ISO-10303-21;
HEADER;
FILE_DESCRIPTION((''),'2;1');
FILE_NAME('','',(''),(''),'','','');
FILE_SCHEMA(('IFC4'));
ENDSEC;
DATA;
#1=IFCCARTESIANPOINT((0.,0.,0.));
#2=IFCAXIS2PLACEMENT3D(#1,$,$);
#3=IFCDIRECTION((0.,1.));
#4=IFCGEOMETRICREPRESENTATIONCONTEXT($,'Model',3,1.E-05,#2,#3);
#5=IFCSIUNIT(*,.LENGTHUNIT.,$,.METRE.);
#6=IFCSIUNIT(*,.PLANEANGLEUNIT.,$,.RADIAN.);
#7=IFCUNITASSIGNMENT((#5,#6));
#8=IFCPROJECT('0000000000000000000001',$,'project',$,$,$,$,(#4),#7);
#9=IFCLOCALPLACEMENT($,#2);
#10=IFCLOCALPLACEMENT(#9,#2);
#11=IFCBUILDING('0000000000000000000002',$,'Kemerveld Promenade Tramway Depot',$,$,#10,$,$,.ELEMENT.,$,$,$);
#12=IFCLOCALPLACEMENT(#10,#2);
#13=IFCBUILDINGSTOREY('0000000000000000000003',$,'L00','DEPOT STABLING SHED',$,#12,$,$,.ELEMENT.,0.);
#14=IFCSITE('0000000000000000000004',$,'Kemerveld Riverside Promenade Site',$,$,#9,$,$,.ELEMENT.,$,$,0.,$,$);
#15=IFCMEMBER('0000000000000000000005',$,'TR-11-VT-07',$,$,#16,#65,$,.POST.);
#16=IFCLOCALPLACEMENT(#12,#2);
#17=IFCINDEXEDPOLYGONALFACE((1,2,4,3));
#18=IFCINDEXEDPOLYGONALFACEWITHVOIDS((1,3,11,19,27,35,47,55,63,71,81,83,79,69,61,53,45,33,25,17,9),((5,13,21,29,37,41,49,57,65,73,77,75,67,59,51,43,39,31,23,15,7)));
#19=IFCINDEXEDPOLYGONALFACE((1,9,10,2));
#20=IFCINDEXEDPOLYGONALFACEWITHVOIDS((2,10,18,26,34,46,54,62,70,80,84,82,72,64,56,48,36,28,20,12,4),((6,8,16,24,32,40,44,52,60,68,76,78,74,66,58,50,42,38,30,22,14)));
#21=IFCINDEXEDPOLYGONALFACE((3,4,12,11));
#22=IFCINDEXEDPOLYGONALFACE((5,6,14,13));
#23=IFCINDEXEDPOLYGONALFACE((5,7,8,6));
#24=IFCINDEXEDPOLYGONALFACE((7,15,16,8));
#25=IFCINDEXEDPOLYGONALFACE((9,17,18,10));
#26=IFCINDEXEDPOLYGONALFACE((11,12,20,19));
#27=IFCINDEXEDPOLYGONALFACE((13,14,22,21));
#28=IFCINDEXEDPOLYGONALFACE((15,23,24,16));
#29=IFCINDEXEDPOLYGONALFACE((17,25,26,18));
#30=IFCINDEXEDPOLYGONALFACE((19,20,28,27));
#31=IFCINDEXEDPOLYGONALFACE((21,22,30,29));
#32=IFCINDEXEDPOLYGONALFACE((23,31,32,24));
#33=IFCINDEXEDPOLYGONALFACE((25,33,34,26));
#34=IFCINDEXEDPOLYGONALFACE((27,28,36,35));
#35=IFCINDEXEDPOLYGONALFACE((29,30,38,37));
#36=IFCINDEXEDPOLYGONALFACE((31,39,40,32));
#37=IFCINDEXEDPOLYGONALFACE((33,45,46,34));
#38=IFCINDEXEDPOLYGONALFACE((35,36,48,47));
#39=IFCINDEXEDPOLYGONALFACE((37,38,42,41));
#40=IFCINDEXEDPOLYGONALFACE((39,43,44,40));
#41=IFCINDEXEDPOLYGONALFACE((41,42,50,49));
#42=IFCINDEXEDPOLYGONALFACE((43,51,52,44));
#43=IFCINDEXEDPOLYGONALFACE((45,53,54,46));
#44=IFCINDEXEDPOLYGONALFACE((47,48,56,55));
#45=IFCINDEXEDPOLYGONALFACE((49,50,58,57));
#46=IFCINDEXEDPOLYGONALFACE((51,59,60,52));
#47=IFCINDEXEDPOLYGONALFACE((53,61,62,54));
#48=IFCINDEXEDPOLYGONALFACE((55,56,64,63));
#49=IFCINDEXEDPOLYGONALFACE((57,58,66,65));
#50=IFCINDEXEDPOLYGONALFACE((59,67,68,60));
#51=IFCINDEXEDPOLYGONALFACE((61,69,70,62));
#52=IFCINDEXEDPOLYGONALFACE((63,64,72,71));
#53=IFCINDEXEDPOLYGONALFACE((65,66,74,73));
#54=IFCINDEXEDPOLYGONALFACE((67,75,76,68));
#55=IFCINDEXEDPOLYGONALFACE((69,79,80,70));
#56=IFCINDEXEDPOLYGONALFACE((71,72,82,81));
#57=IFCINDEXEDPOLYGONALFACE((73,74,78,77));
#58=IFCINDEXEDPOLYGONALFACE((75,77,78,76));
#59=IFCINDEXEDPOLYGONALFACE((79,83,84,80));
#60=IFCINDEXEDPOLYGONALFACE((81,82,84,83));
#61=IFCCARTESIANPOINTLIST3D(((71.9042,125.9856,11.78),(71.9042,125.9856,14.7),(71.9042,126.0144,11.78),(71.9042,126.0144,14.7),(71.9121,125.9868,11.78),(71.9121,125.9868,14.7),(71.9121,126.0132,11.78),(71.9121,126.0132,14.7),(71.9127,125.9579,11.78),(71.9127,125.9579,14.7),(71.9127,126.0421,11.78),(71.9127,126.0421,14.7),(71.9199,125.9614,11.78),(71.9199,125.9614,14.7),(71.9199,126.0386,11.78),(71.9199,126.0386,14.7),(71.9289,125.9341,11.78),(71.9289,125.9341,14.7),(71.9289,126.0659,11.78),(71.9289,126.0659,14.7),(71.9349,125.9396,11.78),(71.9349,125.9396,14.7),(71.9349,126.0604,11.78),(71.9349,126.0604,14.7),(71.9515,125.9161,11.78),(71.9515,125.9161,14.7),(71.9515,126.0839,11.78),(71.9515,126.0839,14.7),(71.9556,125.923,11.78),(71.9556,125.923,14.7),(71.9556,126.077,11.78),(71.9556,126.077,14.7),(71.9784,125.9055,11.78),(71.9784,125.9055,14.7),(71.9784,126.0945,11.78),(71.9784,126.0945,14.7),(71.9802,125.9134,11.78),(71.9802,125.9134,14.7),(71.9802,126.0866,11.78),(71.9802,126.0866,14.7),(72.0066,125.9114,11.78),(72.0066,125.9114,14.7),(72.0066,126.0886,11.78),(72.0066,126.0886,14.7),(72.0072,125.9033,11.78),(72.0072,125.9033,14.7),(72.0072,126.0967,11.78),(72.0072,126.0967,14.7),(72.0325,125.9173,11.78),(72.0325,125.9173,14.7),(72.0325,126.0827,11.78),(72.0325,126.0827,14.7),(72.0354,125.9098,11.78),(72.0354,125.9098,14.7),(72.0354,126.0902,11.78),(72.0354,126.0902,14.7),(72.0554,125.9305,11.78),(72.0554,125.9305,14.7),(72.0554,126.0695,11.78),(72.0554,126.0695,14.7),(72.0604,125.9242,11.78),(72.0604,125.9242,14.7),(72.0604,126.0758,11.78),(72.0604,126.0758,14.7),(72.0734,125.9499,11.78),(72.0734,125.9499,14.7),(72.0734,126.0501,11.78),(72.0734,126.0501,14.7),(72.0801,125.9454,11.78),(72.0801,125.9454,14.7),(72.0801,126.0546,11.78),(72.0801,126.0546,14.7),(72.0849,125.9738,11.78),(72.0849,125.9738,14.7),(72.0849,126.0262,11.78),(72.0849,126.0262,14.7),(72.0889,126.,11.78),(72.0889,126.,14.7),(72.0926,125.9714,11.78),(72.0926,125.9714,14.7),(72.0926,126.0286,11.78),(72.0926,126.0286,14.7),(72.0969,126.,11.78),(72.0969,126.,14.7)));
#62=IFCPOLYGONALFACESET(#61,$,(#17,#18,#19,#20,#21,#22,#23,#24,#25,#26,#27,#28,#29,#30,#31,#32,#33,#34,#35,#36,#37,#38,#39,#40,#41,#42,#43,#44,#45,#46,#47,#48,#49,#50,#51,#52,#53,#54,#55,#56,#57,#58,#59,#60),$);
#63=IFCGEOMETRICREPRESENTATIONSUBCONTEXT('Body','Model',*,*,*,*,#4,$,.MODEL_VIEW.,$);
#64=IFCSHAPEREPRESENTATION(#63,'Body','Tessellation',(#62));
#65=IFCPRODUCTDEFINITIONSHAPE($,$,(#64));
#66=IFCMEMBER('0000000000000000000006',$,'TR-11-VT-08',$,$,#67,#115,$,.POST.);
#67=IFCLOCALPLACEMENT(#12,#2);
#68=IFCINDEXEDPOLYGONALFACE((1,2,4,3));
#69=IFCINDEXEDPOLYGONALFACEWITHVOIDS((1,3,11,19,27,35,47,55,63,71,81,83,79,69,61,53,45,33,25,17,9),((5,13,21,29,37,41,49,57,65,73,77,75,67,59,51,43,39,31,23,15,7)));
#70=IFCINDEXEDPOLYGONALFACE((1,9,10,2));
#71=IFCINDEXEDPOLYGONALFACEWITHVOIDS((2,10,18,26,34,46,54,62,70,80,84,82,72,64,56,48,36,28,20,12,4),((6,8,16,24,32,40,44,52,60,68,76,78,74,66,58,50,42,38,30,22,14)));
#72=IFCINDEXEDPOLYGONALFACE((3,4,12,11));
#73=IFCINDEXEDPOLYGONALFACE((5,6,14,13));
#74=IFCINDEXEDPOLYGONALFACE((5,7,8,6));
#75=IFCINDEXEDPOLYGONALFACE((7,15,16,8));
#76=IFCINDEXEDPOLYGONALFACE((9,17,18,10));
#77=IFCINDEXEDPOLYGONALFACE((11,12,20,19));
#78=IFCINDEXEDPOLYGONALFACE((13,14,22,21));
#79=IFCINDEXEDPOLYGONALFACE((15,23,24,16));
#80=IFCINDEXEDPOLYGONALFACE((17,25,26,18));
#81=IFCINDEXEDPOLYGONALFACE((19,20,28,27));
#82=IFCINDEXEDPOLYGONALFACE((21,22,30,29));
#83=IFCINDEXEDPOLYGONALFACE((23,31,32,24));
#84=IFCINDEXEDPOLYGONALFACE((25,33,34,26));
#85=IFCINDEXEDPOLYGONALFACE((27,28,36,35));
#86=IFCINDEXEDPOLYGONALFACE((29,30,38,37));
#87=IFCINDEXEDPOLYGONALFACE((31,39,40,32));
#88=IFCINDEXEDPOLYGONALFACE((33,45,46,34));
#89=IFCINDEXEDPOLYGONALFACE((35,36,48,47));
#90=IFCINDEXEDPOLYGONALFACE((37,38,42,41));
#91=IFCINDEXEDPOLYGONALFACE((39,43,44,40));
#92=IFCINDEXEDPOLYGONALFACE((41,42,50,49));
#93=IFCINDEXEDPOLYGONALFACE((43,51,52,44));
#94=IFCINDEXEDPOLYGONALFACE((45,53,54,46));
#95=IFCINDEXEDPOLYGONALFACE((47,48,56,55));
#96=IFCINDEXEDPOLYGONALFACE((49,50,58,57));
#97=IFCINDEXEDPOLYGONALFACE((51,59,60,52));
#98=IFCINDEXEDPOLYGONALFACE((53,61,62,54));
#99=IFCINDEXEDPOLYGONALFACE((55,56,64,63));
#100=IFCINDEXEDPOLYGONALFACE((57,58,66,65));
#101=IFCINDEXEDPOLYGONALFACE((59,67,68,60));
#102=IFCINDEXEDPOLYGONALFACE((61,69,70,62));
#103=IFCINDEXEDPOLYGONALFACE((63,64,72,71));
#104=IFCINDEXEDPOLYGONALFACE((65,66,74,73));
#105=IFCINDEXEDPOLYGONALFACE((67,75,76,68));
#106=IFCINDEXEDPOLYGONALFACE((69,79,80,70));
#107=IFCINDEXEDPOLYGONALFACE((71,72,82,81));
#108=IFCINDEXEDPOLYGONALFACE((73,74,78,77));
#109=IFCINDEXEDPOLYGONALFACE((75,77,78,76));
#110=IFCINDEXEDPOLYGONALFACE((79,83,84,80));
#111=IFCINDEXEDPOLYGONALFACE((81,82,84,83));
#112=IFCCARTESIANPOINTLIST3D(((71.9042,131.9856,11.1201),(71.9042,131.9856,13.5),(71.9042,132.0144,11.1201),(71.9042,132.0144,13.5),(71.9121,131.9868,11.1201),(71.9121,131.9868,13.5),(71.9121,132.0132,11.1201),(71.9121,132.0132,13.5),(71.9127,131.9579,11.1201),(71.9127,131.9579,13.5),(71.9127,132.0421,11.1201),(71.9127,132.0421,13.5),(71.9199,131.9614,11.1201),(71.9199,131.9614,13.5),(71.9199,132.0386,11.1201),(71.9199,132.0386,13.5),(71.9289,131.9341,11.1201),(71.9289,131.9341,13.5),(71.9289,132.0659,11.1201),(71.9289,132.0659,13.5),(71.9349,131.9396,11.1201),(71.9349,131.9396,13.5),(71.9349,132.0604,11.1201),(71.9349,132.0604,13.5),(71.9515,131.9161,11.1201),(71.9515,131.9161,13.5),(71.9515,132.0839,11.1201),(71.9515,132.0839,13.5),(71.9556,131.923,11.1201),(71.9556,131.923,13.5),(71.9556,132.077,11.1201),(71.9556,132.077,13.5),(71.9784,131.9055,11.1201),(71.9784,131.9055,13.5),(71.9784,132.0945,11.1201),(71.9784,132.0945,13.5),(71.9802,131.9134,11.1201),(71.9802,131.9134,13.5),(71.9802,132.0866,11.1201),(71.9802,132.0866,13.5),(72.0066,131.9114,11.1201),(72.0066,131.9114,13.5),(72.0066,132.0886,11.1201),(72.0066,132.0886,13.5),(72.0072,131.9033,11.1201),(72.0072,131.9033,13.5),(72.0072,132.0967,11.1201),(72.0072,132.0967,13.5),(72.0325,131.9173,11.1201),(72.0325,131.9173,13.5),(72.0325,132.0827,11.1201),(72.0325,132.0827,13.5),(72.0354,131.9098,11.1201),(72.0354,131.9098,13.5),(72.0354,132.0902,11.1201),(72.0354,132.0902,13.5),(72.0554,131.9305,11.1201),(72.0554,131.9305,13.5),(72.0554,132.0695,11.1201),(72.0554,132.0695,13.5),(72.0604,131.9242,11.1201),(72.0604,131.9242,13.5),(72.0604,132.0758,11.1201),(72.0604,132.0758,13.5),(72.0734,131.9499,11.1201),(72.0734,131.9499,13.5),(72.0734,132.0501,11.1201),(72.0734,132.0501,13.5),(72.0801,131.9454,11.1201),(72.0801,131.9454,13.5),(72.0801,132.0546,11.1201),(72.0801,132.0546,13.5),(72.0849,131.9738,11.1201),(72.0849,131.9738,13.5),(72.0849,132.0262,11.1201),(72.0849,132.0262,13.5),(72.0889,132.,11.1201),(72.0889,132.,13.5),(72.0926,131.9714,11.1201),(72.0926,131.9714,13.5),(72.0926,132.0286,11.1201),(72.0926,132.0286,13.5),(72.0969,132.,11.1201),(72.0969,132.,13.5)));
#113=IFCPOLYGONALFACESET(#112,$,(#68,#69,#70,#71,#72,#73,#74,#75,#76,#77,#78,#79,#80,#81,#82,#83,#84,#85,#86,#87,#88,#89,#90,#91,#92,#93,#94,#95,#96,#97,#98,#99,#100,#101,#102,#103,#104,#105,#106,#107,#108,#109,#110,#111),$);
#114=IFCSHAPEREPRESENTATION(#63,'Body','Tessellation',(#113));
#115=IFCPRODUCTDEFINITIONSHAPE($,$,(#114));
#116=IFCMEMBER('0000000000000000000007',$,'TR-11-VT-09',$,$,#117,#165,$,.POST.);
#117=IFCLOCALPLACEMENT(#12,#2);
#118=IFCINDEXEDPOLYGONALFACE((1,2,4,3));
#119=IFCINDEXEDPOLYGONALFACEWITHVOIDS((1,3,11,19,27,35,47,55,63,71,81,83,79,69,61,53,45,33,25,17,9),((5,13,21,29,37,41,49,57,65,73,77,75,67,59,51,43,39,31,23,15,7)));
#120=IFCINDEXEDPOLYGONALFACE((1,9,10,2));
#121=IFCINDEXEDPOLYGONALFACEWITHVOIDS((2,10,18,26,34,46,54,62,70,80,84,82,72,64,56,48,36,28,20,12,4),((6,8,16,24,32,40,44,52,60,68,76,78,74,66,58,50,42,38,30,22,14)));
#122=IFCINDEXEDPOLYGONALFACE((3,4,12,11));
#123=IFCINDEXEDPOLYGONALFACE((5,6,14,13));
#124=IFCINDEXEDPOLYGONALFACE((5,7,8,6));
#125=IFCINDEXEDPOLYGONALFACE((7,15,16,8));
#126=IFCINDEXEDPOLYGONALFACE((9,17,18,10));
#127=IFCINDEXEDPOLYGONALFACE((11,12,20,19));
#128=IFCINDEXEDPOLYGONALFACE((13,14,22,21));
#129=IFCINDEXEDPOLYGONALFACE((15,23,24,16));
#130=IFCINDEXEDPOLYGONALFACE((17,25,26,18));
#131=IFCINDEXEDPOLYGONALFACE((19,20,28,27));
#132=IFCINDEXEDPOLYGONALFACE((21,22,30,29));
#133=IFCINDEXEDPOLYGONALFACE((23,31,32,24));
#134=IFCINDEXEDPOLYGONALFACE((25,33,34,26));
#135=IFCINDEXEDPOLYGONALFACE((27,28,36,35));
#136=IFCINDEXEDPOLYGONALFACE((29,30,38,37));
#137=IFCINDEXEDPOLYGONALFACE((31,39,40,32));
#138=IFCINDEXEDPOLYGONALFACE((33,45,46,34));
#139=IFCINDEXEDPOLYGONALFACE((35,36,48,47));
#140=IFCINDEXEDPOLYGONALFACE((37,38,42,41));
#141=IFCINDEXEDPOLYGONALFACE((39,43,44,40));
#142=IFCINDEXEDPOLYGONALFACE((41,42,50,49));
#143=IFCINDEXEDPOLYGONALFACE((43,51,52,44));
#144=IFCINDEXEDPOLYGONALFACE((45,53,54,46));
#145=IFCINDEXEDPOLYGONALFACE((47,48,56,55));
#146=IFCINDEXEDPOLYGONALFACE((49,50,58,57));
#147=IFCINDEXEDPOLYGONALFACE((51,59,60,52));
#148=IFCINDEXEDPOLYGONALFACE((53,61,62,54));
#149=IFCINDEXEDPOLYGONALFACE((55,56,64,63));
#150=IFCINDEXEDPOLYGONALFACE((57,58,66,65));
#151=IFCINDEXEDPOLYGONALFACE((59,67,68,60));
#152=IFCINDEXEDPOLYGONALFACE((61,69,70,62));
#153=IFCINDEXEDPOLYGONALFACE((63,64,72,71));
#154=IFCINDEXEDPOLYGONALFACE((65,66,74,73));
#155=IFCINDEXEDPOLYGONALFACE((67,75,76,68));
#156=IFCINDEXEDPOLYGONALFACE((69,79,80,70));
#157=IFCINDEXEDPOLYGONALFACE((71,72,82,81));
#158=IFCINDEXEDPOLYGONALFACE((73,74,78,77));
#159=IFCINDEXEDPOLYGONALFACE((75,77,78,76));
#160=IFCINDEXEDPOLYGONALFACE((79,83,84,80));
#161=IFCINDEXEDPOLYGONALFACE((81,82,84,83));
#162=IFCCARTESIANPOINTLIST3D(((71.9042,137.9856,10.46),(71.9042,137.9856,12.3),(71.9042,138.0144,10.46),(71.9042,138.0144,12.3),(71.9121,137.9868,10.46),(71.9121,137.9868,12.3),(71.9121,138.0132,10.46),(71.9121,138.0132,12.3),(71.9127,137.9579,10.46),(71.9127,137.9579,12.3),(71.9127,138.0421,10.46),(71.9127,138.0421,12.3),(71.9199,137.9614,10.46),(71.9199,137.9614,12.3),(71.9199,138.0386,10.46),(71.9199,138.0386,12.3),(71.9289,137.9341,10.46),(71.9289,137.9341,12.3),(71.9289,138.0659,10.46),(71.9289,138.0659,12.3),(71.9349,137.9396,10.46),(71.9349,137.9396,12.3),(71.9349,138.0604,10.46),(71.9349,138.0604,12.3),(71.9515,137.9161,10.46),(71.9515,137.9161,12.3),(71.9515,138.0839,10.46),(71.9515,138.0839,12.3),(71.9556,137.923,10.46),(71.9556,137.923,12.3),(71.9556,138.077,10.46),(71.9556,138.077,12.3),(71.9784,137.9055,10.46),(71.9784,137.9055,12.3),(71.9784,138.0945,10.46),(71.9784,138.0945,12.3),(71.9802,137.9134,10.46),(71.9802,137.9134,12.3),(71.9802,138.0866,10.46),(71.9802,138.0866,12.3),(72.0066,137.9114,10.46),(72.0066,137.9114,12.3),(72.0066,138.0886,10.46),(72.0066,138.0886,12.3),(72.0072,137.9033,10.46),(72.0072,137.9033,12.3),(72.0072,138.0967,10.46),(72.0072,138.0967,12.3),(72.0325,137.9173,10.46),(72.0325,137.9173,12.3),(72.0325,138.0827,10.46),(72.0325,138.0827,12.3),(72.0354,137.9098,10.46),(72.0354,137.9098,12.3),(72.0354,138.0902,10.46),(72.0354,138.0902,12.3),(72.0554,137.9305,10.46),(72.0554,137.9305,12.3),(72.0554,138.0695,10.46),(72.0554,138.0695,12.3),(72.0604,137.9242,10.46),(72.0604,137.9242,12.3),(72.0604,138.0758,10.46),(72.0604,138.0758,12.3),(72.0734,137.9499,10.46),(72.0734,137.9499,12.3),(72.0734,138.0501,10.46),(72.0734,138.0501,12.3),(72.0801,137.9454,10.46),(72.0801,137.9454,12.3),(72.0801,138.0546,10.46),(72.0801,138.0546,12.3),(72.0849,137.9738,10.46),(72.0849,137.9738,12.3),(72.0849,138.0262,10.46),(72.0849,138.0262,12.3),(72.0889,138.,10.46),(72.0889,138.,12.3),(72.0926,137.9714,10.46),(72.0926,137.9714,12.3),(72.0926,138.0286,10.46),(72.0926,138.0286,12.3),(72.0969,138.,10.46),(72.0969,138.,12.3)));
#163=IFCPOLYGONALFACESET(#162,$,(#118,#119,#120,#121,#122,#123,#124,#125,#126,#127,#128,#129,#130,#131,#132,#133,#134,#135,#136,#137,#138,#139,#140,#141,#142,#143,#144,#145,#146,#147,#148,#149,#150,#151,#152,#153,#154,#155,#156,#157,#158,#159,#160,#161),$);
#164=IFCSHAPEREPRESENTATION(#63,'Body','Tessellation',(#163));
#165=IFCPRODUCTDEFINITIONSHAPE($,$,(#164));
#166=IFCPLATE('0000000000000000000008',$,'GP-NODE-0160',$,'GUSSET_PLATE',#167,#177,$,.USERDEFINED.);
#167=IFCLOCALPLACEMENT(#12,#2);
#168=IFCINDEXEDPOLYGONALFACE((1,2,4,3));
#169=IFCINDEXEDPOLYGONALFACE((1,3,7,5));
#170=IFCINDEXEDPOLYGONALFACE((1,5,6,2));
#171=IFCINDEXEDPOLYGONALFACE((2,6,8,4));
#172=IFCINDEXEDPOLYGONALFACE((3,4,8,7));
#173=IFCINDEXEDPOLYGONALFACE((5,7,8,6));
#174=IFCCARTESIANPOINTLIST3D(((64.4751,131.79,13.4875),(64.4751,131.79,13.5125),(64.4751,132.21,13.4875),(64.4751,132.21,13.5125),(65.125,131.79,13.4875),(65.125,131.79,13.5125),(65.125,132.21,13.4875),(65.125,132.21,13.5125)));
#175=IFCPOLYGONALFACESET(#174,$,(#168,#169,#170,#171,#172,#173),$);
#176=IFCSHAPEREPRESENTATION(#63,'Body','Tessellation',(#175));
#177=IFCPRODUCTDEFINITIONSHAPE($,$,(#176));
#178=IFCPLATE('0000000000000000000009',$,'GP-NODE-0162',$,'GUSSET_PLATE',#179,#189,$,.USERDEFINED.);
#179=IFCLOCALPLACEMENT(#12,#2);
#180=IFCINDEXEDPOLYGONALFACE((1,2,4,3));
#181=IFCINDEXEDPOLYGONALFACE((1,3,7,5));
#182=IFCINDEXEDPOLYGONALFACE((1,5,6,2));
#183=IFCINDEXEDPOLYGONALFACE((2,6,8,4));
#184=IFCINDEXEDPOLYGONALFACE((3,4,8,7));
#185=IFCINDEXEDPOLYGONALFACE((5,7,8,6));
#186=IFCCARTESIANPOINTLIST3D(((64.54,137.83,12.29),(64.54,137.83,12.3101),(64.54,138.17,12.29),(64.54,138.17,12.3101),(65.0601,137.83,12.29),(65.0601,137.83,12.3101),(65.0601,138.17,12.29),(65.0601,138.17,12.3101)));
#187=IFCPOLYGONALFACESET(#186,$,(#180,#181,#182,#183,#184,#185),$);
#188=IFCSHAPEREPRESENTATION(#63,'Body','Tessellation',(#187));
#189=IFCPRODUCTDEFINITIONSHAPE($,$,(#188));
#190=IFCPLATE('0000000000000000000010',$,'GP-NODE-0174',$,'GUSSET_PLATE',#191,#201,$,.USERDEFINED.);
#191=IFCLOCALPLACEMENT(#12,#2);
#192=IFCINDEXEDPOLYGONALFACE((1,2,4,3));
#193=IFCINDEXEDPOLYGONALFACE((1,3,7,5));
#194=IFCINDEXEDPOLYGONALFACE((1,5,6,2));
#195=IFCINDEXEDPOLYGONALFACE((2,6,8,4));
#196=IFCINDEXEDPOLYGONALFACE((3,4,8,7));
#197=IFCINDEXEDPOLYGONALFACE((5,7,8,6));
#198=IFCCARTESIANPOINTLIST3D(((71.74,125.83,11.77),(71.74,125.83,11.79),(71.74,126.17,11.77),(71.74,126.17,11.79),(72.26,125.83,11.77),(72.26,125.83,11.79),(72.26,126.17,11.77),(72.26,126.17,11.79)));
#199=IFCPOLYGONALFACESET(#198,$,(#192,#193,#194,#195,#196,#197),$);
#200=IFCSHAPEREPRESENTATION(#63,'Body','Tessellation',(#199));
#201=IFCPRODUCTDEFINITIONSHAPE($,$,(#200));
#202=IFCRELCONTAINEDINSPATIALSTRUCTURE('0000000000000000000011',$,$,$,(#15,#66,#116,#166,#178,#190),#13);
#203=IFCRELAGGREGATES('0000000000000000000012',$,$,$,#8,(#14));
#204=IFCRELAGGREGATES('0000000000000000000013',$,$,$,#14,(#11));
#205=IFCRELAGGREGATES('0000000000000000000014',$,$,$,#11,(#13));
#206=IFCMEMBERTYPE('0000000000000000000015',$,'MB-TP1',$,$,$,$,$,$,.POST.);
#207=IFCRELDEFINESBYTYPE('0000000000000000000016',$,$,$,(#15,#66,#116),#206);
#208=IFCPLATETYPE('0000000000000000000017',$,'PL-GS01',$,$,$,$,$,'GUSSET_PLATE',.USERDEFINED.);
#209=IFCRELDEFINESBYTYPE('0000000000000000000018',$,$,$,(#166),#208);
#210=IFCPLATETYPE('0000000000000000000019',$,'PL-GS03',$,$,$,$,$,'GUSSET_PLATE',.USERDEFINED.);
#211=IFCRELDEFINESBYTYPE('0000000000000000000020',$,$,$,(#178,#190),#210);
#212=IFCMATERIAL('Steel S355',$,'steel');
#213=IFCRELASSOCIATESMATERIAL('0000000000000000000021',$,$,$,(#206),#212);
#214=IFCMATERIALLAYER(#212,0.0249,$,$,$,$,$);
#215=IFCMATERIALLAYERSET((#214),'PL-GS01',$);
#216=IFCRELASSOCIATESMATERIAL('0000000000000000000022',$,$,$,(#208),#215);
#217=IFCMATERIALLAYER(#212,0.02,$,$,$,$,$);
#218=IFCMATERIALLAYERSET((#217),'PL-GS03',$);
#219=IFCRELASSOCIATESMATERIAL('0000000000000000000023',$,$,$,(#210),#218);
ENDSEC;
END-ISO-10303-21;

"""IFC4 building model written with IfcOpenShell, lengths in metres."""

from ifc_helpers import new_model, si_unit, direction, frame, origin, origin_2d, place, context, subcontext, project, spatial, rectangle, hollow_circle, extrude, material, layer, layer_set, material_profile, profile_set, type_object, element, save


model = new_model("IFC4")

# Units and contexts
model_context = context("Model", 3, precision=1e-05, world=origin(), true_north=direction((0.0, 1.0)))
body_context = subcontext(model_context, "Body", "Model", "MODEL_VIEW")
ifc_project = project(units=[si_unit("LENGTHUNIT", "METRE"), si_unit("PLANEANGLEUNIT", "RADIAN")], contexts=[model_context])

# Site, building, storey
site_placement = place(None, origin())
site = spatial("IfcSite", under=ifc_project, at=site_placement, Name="Kemerveld Riverside Promenade Site", CompositionType="ELEMENT", RefElevation=0.0)
building_placement = place(site_placement, origin())
building = spatial("IfcBuilding", under=site, at=building_placement, Name="Kemerveld Promenade Tramway Depot", CompositionType="ELEMENT")
storey_placement = place(building_placement, origin())
storey = spatial("IfcBuildingStorey", under=building, at=storey_placement, Name="L00", Description="DEPOT STABLING SHED", CompositionType="ELEMENT", Elevation=0.0)

# Members
ifc_material_1 = material(Name="Steel S355", Category="steel")
ifc_material_profile_1 = material_profile(ifc_material_1, hollow_circle(Radius=0.0969, WallThickness=0.0081, at=origin_2d()), Name="193.7x8.0 CHS")
ifc_profile_set_1 = profile_set([ifc_material_profile_1], Name="Steel S355")
member_type_1 = type_object("IfcMemberType", Name="MB-TP1", PredefinedType="POST", material=ifc_profile_set_1)
member_1_placement = place(storey_placement, frame((72.0, 126.0, 11.78), z_axis=(0.0, 0.0, 1.0), x_axis=(1.0, 0.0, 0.0)))
element("IfcMember", 1, at=member_1_placement, inside=storey, type_object=member_type_1, Name="TR-11-VT-07", PredefinedType="POST", context=body_context, shape_type="SweptSolid", body=[
    extrude(hollow_circle(Radius=0.0969, WallThickness=0.0081, at=origin_2d()), origin(), (0.0, 0.0, 1.0), 2.9199),
])
member_2_placement = place(storey_placement, frame((72.0, 132.0, 11.1201), z_axis=(0.0, 0.0, 1.0), x_axis=(1.0, 0.0, 0.0)))
element("IfcMember", 2, at=member_2_placement, inside=storey, type_object=member_type_1, Name="TR-11-VT-08", PredefinedType="POST", context=body_context, shape_type="SweptSolid", body=[
    extrude(hollow_circle(Radius=0.0969, WallThickness=0.0081, at=origin_2d()), origin(), (0.0, 0.0, 1.0), 2.3799),
])
member_3_placement = place(storey_placement, frame((72.0, 138.0, 10.46), z_axis=(0.0, 0.0, 1.0), x_axis=(1.0, 0.0, 0.0)))
element("IfcMember", 3, at=member_3_placement, inside=storey, type_object=member_type_1, Name="TR-11-VT-09", PredefinedType="POST", context=body_context, shape_type="SweptSolid", body=[
    extrude(hollow_circle(Radius=0.0969, WallThickness=0.0081, at=origin_2d()), origin(), (0.0, 0.0, 1.0), 1.8401),
])

# Plates
ifc_layer_1 = layer(ifc_material_1, 0.0249)
ifc_layer_set_1 = layer_set([ifc_layer_1], Name="PL-GS01")
plate_type_1 = type_object("IfcPlateType", Name="PL-GS01", ElementType="GUSSET_PLATE", PredefinedType="USERDEFINED", material=ifc_layer_set_1)
plate_1_placement = place(storey_placement, frame((64.8, 132.0, 13.4875), z_axis=(0.0, 0.0, 1.0), x_axis=(1.0, 0.0, 0.0)))
element("IfcPlate", 4, at=plate_1_placement, inside=storey, type_object=plate_type_1, Name="GP-NODE-0160", ObjectType="GUSSET_PLATE", PredefinedType="USERDEFINED", context=body_context, shape_type="SweptSolid", body=[
    extrude(rectangle(XDim=0.6499, YDim=0.4199, at=origin_2d()), origin(), (0.0, 0.0, 1.0), 0.0249),
])
ifc_layer_2 = layer(ifc_material_1, 0.02)
ifc_layer_set_2 = layer_set([ifc_layer_2], Name="PL-GS03")
plate_type_2 = type_object("IfcPlateType", Name="PL-GS03", ElementType="GUSSET_PLATE", PredefinedType="USERDEFINED", material=ifc_layer_set_2)
for number, where, z_axis, x_axis, name in (
    (5, (64.8, 138.0, 12.29), (0.0, 0.0, 1.0), (1.0, 0.0, 0.0), "GP-NODE-0162"),
    (6, (72.0, 126.0, 11.77), (0.0, 0.0, 1.0), (1.0, 0.0, 0.0), "GP-NODE-0174"),
):
    element("IfcPlate", number, at=place(storey_placement, frame(where, z_axis=z_axis, x_axis=x_axis)), inside=storey, type_object=plate_type_2, Name=name, ObjectType="GUSSET_PLATE", PredefinedType="USERDEFINED", context=body_context, shape_type="SweptSolid", body=[
        extrude(rectangle(XDim=0.52, YDim=0.3401, at=origin_2d()), origin(), (0.0, 0.0, 1.0), 0.02),
    ])

save(model, "model.ifc")
